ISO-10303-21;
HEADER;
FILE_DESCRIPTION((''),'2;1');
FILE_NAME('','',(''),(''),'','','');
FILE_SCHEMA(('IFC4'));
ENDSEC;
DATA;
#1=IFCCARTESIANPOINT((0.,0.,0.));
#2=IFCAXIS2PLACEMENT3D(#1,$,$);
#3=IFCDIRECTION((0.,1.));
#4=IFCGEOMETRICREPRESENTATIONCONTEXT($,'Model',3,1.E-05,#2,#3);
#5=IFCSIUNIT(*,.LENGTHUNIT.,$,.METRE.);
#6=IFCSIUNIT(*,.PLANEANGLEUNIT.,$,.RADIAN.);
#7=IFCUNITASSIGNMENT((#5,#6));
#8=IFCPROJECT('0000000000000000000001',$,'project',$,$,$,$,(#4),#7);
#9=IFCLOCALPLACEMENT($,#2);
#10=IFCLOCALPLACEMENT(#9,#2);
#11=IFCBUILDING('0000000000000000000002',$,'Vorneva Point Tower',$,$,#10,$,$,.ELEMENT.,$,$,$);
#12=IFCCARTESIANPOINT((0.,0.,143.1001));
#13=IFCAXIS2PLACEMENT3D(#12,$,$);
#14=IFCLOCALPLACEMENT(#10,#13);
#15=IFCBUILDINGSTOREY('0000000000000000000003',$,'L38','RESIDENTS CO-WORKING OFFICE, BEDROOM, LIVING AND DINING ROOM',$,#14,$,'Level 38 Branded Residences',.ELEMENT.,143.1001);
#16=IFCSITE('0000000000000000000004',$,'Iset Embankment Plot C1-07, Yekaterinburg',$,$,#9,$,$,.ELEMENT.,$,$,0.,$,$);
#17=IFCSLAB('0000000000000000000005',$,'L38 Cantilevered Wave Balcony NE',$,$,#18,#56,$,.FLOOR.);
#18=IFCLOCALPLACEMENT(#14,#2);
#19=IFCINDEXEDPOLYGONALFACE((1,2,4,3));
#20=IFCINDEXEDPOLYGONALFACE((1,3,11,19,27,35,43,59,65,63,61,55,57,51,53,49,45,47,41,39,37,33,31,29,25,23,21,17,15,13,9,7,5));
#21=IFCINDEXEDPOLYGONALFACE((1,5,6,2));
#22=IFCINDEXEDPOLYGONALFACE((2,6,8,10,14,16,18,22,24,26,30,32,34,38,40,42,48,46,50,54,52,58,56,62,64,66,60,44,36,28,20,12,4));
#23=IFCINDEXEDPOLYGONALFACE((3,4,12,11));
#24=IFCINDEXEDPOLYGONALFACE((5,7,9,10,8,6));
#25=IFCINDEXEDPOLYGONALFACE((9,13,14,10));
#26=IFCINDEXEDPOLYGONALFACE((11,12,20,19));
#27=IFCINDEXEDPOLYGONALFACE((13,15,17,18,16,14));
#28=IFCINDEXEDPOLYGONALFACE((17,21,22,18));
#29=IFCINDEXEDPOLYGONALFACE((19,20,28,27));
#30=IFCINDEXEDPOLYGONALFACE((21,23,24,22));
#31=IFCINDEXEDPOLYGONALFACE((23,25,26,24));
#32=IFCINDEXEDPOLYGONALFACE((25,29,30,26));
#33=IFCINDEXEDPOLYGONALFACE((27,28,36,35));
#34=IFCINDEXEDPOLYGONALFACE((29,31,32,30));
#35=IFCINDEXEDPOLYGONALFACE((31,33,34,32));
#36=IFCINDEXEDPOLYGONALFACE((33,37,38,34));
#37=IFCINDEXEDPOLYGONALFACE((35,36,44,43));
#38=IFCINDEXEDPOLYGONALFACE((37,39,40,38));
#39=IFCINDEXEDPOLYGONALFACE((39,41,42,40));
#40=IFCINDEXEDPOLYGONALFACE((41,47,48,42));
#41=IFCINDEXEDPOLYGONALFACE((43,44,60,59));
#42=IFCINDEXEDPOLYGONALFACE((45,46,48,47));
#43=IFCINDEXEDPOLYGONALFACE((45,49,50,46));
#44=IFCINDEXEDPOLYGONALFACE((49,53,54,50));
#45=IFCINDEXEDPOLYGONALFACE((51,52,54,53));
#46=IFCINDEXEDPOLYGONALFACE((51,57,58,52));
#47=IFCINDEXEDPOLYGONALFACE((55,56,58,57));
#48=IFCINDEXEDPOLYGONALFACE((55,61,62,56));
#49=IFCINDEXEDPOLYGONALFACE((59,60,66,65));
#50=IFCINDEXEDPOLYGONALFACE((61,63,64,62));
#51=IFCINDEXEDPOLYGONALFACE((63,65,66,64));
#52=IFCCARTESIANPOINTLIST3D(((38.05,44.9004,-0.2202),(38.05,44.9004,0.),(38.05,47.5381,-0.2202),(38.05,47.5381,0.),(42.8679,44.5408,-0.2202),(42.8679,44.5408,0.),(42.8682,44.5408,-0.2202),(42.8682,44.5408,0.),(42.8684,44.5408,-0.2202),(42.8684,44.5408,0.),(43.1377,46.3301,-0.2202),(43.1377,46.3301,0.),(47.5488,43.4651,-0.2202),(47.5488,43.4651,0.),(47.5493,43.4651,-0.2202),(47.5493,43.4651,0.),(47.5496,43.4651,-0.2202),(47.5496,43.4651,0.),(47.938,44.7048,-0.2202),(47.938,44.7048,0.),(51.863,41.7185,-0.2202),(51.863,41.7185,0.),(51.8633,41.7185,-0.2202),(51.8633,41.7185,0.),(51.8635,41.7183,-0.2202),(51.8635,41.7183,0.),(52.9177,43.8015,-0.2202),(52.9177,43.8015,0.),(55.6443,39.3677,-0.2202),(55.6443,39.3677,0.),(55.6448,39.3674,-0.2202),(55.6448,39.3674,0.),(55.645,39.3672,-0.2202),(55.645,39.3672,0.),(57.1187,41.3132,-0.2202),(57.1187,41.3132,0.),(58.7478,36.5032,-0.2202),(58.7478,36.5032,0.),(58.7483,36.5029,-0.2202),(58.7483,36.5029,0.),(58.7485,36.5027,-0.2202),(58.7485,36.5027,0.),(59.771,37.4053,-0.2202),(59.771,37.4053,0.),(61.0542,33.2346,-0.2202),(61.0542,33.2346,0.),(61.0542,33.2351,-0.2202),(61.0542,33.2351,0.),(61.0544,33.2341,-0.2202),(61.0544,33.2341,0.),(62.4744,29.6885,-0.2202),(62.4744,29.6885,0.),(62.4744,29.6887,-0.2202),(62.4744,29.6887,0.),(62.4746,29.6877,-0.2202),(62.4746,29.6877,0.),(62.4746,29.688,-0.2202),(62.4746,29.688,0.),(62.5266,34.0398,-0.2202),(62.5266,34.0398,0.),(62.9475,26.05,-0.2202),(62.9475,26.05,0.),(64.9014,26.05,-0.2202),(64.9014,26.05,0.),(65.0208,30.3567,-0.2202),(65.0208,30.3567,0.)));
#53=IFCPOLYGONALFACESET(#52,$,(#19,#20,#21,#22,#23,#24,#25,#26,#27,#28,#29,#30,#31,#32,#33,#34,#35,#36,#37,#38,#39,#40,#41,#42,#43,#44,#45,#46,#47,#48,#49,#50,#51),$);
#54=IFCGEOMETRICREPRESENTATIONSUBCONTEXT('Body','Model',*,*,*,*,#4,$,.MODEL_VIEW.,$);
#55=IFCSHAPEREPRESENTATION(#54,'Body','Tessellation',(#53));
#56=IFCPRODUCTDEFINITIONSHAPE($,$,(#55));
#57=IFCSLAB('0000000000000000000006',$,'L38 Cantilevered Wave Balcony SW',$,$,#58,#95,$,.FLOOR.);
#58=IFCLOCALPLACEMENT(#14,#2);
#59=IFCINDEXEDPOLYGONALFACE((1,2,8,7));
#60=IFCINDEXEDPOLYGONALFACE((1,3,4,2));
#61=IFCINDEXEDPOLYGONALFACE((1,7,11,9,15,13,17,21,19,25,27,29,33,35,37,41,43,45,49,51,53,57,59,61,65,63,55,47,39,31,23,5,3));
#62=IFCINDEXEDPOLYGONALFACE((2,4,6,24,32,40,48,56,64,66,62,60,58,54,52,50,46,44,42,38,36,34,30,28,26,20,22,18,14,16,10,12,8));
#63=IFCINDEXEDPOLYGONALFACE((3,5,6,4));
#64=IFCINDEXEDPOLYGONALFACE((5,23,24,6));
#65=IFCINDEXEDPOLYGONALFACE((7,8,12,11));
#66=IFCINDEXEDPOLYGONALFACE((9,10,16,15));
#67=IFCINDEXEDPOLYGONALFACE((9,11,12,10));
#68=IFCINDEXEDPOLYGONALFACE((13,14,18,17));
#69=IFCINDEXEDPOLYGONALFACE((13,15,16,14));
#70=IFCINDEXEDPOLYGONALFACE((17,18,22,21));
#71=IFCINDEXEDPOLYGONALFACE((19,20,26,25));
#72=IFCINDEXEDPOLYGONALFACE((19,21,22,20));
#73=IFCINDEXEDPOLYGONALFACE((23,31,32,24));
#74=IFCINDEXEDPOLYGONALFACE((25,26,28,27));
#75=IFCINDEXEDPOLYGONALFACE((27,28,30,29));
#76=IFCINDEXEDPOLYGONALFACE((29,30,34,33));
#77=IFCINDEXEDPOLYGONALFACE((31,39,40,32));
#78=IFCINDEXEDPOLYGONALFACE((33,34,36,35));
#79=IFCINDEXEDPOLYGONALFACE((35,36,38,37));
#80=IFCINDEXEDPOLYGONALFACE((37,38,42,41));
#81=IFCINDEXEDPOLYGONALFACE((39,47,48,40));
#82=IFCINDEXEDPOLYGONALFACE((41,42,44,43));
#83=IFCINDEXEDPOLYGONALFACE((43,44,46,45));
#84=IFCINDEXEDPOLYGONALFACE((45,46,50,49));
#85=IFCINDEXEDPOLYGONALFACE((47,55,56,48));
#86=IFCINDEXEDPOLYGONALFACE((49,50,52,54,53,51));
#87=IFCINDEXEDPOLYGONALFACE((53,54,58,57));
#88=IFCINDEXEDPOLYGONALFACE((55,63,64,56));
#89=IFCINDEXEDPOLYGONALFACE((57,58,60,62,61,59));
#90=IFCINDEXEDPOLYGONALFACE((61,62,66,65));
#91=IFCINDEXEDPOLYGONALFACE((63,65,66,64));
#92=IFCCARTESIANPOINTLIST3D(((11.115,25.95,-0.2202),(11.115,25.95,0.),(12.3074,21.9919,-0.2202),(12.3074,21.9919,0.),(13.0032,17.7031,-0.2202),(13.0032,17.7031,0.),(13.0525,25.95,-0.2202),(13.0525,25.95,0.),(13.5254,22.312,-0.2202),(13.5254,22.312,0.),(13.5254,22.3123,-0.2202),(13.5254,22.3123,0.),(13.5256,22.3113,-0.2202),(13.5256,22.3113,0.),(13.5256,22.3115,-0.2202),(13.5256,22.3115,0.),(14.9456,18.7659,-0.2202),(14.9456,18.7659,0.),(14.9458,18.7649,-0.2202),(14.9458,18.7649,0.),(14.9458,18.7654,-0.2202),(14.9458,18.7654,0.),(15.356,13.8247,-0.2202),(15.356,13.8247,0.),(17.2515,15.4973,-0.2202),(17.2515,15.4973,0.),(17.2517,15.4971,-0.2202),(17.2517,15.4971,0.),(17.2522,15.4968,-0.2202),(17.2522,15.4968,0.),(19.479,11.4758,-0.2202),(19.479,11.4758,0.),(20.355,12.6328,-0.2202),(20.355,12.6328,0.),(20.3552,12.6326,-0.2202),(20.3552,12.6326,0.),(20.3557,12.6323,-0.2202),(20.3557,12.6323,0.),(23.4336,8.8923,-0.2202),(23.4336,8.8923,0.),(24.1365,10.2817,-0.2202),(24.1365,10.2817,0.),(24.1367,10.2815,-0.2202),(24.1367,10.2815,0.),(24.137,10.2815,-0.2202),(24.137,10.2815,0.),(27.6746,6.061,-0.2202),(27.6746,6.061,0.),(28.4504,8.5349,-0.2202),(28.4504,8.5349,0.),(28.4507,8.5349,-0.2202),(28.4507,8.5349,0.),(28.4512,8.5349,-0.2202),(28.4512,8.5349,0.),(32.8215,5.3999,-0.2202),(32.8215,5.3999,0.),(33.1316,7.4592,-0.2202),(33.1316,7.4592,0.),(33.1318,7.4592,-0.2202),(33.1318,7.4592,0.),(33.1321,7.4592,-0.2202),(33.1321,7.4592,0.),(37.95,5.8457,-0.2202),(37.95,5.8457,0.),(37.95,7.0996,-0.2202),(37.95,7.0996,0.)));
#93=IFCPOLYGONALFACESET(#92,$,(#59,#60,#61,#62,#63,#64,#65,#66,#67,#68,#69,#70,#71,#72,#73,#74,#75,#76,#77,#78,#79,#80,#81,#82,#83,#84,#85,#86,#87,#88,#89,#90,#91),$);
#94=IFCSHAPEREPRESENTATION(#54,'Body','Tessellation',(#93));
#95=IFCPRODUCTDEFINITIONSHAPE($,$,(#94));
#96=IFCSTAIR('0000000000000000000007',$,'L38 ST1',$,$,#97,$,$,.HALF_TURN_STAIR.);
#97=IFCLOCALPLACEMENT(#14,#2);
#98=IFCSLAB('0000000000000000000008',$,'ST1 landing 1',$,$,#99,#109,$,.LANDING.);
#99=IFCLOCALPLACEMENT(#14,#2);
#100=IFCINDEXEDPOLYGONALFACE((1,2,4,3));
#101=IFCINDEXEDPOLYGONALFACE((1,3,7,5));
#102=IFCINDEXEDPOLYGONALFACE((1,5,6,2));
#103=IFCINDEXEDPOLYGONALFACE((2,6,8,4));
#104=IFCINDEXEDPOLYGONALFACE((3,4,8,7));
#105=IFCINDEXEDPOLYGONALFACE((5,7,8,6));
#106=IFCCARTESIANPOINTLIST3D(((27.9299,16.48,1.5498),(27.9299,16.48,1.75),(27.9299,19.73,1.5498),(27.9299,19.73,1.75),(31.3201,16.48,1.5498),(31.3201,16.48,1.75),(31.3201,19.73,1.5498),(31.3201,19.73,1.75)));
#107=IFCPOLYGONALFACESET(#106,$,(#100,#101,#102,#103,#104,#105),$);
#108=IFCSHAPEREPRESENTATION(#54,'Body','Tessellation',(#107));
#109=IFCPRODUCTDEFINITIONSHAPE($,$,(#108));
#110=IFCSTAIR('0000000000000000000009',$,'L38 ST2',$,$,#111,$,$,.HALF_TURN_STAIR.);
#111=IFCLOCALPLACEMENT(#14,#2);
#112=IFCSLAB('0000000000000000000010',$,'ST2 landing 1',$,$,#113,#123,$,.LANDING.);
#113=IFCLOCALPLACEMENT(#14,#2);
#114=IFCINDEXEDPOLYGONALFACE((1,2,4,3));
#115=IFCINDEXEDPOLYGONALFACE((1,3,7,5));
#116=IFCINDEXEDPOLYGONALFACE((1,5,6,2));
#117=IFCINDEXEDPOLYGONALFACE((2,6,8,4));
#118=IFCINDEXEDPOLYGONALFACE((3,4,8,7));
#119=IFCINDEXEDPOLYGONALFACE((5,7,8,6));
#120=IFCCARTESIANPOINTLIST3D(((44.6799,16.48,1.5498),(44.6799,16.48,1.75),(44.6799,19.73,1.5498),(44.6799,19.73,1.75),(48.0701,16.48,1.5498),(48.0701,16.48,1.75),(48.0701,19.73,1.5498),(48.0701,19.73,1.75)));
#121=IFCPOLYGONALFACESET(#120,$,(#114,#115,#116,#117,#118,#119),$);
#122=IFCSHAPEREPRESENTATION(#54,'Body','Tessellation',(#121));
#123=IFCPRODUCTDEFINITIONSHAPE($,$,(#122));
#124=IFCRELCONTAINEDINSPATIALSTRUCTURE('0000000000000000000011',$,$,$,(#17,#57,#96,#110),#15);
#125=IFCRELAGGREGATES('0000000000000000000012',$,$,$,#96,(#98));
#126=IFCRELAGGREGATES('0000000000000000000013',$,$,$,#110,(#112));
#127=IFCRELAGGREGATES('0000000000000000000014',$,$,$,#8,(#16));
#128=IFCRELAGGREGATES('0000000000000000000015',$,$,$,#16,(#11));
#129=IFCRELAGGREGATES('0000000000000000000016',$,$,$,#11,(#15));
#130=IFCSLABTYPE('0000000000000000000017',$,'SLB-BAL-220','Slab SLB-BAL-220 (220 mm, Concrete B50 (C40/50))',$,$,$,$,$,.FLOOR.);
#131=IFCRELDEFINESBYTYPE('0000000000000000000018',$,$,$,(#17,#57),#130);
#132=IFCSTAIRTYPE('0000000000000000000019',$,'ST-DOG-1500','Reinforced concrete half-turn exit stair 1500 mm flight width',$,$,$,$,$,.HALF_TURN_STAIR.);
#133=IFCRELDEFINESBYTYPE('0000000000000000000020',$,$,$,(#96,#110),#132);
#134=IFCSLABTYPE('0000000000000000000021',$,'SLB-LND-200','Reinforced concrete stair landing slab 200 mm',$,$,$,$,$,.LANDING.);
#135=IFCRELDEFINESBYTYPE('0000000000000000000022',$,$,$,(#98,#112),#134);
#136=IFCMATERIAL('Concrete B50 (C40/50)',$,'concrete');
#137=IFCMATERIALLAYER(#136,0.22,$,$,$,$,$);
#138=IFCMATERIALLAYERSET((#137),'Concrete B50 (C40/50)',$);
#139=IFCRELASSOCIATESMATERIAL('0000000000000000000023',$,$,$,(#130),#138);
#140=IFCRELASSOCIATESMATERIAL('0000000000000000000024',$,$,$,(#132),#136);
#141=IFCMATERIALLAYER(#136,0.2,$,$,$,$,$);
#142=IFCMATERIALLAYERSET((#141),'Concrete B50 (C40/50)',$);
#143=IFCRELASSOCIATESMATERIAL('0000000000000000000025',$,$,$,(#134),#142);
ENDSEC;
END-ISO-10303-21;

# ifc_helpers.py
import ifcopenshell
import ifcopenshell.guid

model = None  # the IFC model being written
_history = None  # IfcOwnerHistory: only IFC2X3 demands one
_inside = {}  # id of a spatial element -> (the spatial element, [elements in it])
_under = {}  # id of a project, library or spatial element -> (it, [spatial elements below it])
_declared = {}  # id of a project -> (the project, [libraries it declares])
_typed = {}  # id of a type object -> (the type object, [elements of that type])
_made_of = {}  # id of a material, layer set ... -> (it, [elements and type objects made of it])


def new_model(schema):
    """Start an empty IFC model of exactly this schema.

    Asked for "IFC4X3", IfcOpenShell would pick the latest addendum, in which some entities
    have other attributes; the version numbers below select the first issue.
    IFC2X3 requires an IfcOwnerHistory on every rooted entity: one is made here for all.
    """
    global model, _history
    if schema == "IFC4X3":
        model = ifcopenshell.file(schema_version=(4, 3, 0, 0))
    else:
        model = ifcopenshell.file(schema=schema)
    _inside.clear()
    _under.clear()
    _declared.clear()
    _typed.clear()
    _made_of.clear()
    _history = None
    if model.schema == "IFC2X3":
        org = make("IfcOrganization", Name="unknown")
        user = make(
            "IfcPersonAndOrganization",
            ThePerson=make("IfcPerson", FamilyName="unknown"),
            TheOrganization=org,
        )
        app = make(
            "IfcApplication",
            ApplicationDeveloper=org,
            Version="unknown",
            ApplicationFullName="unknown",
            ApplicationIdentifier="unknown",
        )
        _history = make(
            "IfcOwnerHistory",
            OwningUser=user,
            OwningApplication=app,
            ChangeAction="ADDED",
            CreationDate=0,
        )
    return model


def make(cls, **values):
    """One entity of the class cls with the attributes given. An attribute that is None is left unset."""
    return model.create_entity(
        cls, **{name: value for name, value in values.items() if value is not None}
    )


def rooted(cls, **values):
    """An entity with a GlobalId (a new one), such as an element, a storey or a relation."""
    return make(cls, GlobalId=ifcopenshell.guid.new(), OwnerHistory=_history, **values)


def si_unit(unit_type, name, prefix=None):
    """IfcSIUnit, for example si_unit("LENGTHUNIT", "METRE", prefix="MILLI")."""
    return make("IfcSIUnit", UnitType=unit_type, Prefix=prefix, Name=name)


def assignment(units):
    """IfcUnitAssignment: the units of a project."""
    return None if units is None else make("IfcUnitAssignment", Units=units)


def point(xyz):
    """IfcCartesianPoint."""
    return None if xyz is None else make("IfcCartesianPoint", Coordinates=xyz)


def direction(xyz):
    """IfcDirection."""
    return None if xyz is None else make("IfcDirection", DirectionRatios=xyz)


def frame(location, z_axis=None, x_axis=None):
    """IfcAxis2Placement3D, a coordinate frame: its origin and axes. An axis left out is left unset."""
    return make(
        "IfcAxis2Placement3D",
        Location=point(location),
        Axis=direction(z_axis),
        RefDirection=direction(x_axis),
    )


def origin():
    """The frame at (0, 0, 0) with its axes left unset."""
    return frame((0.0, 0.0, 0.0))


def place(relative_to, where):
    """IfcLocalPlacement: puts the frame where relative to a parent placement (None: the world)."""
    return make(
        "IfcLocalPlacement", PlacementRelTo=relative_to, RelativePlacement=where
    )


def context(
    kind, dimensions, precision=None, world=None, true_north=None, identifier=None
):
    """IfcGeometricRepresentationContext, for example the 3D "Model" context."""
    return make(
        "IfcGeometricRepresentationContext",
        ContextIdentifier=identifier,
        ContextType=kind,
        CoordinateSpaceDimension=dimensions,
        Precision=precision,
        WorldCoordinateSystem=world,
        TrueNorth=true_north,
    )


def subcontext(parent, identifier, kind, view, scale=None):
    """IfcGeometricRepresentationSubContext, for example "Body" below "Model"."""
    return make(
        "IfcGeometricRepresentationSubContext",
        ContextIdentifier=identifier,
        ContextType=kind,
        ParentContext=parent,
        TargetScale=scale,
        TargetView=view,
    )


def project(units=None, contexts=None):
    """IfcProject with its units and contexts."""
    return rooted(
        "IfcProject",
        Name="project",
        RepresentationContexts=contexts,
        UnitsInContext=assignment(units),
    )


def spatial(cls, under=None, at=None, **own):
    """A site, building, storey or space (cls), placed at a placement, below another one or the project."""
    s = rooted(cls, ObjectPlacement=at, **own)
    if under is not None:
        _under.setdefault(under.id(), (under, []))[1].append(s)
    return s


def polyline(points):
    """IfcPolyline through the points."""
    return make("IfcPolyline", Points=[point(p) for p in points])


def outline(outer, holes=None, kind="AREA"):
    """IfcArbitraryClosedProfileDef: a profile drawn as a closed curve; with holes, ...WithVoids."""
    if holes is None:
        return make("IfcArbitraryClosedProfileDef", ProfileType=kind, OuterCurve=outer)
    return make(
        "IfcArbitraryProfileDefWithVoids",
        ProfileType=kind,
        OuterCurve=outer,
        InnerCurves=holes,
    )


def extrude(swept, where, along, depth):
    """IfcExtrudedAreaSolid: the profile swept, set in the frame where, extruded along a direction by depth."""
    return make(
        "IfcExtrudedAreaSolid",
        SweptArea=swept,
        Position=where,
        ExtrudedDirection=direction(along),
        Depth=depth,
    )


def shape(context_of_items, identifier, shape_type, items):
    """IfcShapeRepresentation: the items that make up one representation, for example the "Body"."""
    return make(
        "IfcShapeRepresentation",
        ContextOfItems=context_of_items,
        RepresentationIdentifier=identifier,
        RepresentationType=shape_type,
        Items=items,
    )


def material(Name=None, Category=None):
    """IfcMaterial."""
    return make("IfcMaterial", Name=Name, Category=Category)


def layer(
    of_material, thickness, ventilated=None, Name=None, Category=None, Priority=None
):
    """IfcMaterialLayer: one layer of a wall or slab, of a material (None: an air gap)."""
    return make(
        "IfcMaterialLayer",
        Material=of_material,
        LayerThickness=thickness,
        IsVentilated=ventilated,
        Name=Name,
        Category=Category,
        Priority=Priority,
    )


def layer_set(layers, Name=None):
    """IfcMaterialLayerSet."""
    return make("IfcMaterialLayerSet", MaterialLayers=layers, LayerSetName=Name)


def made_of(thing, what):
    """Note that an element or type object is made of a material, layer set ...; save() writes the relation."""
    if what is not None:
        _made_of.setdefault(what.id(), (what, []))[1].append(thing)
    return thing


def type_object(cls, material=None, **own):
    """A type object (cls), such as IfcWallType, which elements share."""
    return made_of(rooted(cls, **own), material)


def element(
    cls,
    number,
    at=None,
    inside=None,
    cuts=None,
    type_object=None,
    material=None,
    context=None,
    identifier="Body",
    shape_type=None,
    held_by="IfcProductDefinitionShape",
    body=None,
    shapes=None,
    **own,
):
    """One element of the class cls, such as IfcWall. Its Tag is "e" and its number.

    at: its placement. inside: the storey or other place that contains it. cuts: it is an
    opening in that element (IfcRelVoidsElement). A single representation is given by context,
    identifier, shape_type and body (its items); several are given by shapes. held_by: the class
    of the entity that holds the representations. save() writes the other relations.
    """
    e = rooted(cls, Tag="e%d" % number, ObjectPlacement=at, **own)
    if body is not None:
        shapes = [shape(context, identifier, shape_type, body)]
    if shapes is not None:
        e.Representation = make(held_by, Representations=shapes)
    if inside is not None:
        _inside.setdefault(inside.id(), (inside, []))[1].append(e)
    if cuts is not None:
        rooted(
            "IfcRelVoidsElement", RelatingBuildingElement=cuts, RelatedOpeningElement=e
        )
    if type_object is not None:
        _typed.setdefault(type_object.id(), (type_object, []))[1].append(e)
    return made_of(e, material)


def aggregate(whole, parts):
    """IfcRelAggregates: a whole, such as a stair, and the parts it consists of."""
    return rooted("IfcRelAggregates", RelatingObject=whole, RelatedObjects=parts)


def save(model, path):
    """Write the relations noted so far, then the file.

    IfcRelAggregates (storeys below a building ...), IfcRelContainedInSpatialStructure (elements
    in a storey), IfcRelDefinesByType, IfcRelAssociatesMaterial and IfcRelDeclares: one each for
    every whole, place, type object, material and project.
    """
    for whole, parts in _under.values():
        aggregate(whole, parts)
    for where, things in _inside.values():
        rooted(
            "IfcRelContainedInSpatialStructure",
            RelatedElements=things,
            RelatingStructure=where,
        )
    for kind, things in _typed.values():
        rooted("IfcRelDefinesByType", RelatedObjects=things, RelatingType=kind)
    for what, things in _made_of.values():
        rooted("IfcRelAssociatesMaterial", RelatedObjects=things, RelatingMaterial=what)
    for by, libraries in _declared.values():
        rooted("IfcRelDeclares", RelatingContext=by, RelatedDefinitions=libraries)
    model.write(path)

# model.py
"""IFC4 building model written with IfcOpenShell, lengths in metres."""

from ifc_helpers import new_model, si_unit, direction, frame, origin, place, context, subcontext, project, spatial, polyline, outline, extrude, material, layer, layer_set, type_object, element, aggregate, save


model = new_model("IFC4")

# Units and contexts
model_context = context("Model", 3, precision=1e-05, world=origin(), true_north=direction((0.0, 1.0)))
body_context = subcontext(model_context, "Body", "Model", "MODEL_VIEW")
ifc_project = project(units=[si_unit("LENGTHUNIT", "METRE"), si_unit("PLANEANGLEUNIT", "RADIAN")], contexts=[model_context])

# Site, building, storey
site_placement = place(None, origin())
site = spatial("IfcSite", under=ifc_project, at=site_placement, Name="Iset Embankment Plot C1-07, Yekaterinburg", CompositionType="ELEMENT", RefElevation=0.0)
building_placement = place(site_placement, origin())
building = spatial("IfcBuilding", under=site, at=building_placement, Name="Vorneva Point Tower", CompositionType="ELEMENT")
storey_placement = place(building_placement, frame((0.0, 0.0, 143.1001)))
storey = spatial("IfcBuildingStorey", under=building, at=storey_placement, Name="L38", Description="RESIDENTS CO-WORKING OFFICE, BEDROOM, LIVING AND DINING ROOM", LongName="Level 38 Branded Residences", CompositionType="ELEMENT", Elevation=143.1001)

# Slabs
ifc_material_1 = material(Name="Concrete B50 (C40/50)", Category="concrete")
ifc_layer_1 = layer(ifc_material_1, 0.22)
ifc_layer_set_1 = layer_set([ifc_layer_1], Name="Concrete B50 (C40/50)")
slab_type_1 = type_object("IfcSlabType", Name="SLB-BAL-220", Description="Slab SLB-BAL-220 (220 mm, Concrete B50 (C40/50))", PredefinedType="FLOOR", material=ifc_layer_set_1)
slab_1_placement = place(storey_placement, frame((0.0, 0.0, -0.2202)))
element("IfcSlab", 1, at=slab_1_placement, inside=storey, type_object=slab_type_1, Name="L38 Cantilevered Wave Balcony NE", PredefinedType="FLOOR", context=body_context, shape_type="SweptSolid", body=[
    extrude(outline(polyline([(38.05, 47.5381), (38.05, 44.9004), (42.8679, 44.5408), (42.8682, 44.5408), (42.8684, 44.5408), (47.5488, 43.4651), (47.5493, 43.4651), (47.5496, 43.4651), (51.863, 41.7185), (51.8633, 41.7185), (51.8635, 41.7183), (55.6443, 39.3677), (55.6448, 39.3674), (55.645, 39.3672), (58.7478, 36.5032), (58.7483, 36.5029), (58.7485, 36.5027), (61.0542, 33.2351), (61.0542, 33.2346), (61.0544, 33.2341), (62.4744, 29.6887), (62.4744, 29.6885), (62.4746, 29.688), (62.4746, 29.6877), (62.9475, 26.05), (64.9014, 26.05), (65.0208, 30.3567), (62.5266, 34.0398), (59.771, 37.4053), (57.1187, 41.3132), (52.9177, 43.8015), (47.938, 44.7048), (43.1377, 46.3301), (38.05, 47.5381)])), origin(), (0.0, 0.0, 1.0), 0.2202),
])
slab_2_placement = place(storey_placement, frame((0.0, 0.0, -0.2202)))
element("IfcSlab", 2, at=slab_2_placement, inside=storey, type_object=slab_type_1, Name="L38 Cantilevered Wave Balcony SW", PredefinedType="FLOOR", context=body_context, shape_type="SweptSolid", body=[
    extrude(outline(polyline([(37.95, 5.8457), (37.95, 7.0996), (33.1321, 7.4592), (33.1318, 7.4592), (33.1316, 7.4592), (28.4512, 8.5349), (28.4507, 8.5349), (28.4504, 8.5349), (24.137, 10.2815), (24.1367, 10.2815), (24.1365, 10.2817), (20.3557, 12.6323), (20.3552, 12.6326), (20.355, 12.6328), (17.2522, 15.4968), (17.2517, 15.4971), (17.2515, 15.4973), (14.9458, 18.7649), (14.9458, 18.7654), (14.9456, 18.7659), (13.5256, 22.3113), (13.5256, 22.3115), (13.5254, 22.312), (13.5254, 22.3123), (13.0525, 25.95), (11.115, 25.95), (12.3074, 21.9919), (13.0032, 17.7031), (15.356, 13.8247), (19.479, 11.4758), (23.4336, 8.8923), (27.6746, 6.061), (32.8215, 5.3999), (37.95, 5.8457)])), origin(), (0.0, 0.0, 1.0), 0.2202),
])

# Stairs, slabs
stair_type = type_object("IfcStairType", Name="ST-DOG-1500", Description="Reinforced concrete half-turn exit stair 1500 mm flight width", PredefinedType="HALF_TURN_STAIR", material=ifc_material_1)
stair_1_placement = place(storey_placement, origin())
stair_1 = element("IfcStair", 3, at=stair_1_placement, inside=storey, type_object=stair_type, Name="L38 ST1", PredefinedType="HALF_TURN_STAIR")
ifc_layer_2 = layer(ifc_material_1, 0.2)
ifc_layer_set_2 = layer_set([ifc_layer_2], Name="Concrete B50 (C40/50)")
slab_type_2 = type_object("IfcSlabType", Name="SLB-LND-200", Description="Reinforced concrete stair landing slab 200 mm", PredefinedType="LANDING", material=ifc_layer_set_2)
slab_3_placement = place(storey_placement, frame((0.0, 0.0, 1.5498)))
slab_3 = element("IfcSlab", 4, at=slab_3_placement, type_object=slab_type_2, Name="ST1 landing 1", PredefinedType="LANDING", context=body_context, shape_type="SweptSolid", body=[
    extrude(outline(polyline([(27.9299, 16.48), (31.3201, 16.48), (31.3201, 19.73), (27.9299, 19.73), (27.9299, 16.48)])), origin(), (0.0, 0.0, 1.0), 0.2002),
])
aggregate(stair_1, [slab_3])
stair_2_placement = place(storey_placement, origin())
stair_2 = element("IfcStair", 5, at=stair_2_placement, inside=storey, type_object=stair_type, Name="L38 ST2", PredefinedType="HALF_TURN_STAIR")
slab_4_placement = place(storey_placement, frame((0.0, 0.0, 1.5498)))
slab_4 = element("IfcSlab", 6, at=slab_4_placement, type_object=slab_type_2, Name="ST2 landing 1", PredefinedType="LANDING", context=body_context, shape_type="SweptSolid", body=[
    extrude(outline(polyline([(44.6799, 16.48), (48.0701, 16.48), (48.0701, 19.73), (44.6799, 19.73), (44.6799, 16.48)])), origin(), (0.0, 0.0, 1.0), 0.2002),
])
aggregate(stair_2, [slab_4])

save(model, "model.ifc")
